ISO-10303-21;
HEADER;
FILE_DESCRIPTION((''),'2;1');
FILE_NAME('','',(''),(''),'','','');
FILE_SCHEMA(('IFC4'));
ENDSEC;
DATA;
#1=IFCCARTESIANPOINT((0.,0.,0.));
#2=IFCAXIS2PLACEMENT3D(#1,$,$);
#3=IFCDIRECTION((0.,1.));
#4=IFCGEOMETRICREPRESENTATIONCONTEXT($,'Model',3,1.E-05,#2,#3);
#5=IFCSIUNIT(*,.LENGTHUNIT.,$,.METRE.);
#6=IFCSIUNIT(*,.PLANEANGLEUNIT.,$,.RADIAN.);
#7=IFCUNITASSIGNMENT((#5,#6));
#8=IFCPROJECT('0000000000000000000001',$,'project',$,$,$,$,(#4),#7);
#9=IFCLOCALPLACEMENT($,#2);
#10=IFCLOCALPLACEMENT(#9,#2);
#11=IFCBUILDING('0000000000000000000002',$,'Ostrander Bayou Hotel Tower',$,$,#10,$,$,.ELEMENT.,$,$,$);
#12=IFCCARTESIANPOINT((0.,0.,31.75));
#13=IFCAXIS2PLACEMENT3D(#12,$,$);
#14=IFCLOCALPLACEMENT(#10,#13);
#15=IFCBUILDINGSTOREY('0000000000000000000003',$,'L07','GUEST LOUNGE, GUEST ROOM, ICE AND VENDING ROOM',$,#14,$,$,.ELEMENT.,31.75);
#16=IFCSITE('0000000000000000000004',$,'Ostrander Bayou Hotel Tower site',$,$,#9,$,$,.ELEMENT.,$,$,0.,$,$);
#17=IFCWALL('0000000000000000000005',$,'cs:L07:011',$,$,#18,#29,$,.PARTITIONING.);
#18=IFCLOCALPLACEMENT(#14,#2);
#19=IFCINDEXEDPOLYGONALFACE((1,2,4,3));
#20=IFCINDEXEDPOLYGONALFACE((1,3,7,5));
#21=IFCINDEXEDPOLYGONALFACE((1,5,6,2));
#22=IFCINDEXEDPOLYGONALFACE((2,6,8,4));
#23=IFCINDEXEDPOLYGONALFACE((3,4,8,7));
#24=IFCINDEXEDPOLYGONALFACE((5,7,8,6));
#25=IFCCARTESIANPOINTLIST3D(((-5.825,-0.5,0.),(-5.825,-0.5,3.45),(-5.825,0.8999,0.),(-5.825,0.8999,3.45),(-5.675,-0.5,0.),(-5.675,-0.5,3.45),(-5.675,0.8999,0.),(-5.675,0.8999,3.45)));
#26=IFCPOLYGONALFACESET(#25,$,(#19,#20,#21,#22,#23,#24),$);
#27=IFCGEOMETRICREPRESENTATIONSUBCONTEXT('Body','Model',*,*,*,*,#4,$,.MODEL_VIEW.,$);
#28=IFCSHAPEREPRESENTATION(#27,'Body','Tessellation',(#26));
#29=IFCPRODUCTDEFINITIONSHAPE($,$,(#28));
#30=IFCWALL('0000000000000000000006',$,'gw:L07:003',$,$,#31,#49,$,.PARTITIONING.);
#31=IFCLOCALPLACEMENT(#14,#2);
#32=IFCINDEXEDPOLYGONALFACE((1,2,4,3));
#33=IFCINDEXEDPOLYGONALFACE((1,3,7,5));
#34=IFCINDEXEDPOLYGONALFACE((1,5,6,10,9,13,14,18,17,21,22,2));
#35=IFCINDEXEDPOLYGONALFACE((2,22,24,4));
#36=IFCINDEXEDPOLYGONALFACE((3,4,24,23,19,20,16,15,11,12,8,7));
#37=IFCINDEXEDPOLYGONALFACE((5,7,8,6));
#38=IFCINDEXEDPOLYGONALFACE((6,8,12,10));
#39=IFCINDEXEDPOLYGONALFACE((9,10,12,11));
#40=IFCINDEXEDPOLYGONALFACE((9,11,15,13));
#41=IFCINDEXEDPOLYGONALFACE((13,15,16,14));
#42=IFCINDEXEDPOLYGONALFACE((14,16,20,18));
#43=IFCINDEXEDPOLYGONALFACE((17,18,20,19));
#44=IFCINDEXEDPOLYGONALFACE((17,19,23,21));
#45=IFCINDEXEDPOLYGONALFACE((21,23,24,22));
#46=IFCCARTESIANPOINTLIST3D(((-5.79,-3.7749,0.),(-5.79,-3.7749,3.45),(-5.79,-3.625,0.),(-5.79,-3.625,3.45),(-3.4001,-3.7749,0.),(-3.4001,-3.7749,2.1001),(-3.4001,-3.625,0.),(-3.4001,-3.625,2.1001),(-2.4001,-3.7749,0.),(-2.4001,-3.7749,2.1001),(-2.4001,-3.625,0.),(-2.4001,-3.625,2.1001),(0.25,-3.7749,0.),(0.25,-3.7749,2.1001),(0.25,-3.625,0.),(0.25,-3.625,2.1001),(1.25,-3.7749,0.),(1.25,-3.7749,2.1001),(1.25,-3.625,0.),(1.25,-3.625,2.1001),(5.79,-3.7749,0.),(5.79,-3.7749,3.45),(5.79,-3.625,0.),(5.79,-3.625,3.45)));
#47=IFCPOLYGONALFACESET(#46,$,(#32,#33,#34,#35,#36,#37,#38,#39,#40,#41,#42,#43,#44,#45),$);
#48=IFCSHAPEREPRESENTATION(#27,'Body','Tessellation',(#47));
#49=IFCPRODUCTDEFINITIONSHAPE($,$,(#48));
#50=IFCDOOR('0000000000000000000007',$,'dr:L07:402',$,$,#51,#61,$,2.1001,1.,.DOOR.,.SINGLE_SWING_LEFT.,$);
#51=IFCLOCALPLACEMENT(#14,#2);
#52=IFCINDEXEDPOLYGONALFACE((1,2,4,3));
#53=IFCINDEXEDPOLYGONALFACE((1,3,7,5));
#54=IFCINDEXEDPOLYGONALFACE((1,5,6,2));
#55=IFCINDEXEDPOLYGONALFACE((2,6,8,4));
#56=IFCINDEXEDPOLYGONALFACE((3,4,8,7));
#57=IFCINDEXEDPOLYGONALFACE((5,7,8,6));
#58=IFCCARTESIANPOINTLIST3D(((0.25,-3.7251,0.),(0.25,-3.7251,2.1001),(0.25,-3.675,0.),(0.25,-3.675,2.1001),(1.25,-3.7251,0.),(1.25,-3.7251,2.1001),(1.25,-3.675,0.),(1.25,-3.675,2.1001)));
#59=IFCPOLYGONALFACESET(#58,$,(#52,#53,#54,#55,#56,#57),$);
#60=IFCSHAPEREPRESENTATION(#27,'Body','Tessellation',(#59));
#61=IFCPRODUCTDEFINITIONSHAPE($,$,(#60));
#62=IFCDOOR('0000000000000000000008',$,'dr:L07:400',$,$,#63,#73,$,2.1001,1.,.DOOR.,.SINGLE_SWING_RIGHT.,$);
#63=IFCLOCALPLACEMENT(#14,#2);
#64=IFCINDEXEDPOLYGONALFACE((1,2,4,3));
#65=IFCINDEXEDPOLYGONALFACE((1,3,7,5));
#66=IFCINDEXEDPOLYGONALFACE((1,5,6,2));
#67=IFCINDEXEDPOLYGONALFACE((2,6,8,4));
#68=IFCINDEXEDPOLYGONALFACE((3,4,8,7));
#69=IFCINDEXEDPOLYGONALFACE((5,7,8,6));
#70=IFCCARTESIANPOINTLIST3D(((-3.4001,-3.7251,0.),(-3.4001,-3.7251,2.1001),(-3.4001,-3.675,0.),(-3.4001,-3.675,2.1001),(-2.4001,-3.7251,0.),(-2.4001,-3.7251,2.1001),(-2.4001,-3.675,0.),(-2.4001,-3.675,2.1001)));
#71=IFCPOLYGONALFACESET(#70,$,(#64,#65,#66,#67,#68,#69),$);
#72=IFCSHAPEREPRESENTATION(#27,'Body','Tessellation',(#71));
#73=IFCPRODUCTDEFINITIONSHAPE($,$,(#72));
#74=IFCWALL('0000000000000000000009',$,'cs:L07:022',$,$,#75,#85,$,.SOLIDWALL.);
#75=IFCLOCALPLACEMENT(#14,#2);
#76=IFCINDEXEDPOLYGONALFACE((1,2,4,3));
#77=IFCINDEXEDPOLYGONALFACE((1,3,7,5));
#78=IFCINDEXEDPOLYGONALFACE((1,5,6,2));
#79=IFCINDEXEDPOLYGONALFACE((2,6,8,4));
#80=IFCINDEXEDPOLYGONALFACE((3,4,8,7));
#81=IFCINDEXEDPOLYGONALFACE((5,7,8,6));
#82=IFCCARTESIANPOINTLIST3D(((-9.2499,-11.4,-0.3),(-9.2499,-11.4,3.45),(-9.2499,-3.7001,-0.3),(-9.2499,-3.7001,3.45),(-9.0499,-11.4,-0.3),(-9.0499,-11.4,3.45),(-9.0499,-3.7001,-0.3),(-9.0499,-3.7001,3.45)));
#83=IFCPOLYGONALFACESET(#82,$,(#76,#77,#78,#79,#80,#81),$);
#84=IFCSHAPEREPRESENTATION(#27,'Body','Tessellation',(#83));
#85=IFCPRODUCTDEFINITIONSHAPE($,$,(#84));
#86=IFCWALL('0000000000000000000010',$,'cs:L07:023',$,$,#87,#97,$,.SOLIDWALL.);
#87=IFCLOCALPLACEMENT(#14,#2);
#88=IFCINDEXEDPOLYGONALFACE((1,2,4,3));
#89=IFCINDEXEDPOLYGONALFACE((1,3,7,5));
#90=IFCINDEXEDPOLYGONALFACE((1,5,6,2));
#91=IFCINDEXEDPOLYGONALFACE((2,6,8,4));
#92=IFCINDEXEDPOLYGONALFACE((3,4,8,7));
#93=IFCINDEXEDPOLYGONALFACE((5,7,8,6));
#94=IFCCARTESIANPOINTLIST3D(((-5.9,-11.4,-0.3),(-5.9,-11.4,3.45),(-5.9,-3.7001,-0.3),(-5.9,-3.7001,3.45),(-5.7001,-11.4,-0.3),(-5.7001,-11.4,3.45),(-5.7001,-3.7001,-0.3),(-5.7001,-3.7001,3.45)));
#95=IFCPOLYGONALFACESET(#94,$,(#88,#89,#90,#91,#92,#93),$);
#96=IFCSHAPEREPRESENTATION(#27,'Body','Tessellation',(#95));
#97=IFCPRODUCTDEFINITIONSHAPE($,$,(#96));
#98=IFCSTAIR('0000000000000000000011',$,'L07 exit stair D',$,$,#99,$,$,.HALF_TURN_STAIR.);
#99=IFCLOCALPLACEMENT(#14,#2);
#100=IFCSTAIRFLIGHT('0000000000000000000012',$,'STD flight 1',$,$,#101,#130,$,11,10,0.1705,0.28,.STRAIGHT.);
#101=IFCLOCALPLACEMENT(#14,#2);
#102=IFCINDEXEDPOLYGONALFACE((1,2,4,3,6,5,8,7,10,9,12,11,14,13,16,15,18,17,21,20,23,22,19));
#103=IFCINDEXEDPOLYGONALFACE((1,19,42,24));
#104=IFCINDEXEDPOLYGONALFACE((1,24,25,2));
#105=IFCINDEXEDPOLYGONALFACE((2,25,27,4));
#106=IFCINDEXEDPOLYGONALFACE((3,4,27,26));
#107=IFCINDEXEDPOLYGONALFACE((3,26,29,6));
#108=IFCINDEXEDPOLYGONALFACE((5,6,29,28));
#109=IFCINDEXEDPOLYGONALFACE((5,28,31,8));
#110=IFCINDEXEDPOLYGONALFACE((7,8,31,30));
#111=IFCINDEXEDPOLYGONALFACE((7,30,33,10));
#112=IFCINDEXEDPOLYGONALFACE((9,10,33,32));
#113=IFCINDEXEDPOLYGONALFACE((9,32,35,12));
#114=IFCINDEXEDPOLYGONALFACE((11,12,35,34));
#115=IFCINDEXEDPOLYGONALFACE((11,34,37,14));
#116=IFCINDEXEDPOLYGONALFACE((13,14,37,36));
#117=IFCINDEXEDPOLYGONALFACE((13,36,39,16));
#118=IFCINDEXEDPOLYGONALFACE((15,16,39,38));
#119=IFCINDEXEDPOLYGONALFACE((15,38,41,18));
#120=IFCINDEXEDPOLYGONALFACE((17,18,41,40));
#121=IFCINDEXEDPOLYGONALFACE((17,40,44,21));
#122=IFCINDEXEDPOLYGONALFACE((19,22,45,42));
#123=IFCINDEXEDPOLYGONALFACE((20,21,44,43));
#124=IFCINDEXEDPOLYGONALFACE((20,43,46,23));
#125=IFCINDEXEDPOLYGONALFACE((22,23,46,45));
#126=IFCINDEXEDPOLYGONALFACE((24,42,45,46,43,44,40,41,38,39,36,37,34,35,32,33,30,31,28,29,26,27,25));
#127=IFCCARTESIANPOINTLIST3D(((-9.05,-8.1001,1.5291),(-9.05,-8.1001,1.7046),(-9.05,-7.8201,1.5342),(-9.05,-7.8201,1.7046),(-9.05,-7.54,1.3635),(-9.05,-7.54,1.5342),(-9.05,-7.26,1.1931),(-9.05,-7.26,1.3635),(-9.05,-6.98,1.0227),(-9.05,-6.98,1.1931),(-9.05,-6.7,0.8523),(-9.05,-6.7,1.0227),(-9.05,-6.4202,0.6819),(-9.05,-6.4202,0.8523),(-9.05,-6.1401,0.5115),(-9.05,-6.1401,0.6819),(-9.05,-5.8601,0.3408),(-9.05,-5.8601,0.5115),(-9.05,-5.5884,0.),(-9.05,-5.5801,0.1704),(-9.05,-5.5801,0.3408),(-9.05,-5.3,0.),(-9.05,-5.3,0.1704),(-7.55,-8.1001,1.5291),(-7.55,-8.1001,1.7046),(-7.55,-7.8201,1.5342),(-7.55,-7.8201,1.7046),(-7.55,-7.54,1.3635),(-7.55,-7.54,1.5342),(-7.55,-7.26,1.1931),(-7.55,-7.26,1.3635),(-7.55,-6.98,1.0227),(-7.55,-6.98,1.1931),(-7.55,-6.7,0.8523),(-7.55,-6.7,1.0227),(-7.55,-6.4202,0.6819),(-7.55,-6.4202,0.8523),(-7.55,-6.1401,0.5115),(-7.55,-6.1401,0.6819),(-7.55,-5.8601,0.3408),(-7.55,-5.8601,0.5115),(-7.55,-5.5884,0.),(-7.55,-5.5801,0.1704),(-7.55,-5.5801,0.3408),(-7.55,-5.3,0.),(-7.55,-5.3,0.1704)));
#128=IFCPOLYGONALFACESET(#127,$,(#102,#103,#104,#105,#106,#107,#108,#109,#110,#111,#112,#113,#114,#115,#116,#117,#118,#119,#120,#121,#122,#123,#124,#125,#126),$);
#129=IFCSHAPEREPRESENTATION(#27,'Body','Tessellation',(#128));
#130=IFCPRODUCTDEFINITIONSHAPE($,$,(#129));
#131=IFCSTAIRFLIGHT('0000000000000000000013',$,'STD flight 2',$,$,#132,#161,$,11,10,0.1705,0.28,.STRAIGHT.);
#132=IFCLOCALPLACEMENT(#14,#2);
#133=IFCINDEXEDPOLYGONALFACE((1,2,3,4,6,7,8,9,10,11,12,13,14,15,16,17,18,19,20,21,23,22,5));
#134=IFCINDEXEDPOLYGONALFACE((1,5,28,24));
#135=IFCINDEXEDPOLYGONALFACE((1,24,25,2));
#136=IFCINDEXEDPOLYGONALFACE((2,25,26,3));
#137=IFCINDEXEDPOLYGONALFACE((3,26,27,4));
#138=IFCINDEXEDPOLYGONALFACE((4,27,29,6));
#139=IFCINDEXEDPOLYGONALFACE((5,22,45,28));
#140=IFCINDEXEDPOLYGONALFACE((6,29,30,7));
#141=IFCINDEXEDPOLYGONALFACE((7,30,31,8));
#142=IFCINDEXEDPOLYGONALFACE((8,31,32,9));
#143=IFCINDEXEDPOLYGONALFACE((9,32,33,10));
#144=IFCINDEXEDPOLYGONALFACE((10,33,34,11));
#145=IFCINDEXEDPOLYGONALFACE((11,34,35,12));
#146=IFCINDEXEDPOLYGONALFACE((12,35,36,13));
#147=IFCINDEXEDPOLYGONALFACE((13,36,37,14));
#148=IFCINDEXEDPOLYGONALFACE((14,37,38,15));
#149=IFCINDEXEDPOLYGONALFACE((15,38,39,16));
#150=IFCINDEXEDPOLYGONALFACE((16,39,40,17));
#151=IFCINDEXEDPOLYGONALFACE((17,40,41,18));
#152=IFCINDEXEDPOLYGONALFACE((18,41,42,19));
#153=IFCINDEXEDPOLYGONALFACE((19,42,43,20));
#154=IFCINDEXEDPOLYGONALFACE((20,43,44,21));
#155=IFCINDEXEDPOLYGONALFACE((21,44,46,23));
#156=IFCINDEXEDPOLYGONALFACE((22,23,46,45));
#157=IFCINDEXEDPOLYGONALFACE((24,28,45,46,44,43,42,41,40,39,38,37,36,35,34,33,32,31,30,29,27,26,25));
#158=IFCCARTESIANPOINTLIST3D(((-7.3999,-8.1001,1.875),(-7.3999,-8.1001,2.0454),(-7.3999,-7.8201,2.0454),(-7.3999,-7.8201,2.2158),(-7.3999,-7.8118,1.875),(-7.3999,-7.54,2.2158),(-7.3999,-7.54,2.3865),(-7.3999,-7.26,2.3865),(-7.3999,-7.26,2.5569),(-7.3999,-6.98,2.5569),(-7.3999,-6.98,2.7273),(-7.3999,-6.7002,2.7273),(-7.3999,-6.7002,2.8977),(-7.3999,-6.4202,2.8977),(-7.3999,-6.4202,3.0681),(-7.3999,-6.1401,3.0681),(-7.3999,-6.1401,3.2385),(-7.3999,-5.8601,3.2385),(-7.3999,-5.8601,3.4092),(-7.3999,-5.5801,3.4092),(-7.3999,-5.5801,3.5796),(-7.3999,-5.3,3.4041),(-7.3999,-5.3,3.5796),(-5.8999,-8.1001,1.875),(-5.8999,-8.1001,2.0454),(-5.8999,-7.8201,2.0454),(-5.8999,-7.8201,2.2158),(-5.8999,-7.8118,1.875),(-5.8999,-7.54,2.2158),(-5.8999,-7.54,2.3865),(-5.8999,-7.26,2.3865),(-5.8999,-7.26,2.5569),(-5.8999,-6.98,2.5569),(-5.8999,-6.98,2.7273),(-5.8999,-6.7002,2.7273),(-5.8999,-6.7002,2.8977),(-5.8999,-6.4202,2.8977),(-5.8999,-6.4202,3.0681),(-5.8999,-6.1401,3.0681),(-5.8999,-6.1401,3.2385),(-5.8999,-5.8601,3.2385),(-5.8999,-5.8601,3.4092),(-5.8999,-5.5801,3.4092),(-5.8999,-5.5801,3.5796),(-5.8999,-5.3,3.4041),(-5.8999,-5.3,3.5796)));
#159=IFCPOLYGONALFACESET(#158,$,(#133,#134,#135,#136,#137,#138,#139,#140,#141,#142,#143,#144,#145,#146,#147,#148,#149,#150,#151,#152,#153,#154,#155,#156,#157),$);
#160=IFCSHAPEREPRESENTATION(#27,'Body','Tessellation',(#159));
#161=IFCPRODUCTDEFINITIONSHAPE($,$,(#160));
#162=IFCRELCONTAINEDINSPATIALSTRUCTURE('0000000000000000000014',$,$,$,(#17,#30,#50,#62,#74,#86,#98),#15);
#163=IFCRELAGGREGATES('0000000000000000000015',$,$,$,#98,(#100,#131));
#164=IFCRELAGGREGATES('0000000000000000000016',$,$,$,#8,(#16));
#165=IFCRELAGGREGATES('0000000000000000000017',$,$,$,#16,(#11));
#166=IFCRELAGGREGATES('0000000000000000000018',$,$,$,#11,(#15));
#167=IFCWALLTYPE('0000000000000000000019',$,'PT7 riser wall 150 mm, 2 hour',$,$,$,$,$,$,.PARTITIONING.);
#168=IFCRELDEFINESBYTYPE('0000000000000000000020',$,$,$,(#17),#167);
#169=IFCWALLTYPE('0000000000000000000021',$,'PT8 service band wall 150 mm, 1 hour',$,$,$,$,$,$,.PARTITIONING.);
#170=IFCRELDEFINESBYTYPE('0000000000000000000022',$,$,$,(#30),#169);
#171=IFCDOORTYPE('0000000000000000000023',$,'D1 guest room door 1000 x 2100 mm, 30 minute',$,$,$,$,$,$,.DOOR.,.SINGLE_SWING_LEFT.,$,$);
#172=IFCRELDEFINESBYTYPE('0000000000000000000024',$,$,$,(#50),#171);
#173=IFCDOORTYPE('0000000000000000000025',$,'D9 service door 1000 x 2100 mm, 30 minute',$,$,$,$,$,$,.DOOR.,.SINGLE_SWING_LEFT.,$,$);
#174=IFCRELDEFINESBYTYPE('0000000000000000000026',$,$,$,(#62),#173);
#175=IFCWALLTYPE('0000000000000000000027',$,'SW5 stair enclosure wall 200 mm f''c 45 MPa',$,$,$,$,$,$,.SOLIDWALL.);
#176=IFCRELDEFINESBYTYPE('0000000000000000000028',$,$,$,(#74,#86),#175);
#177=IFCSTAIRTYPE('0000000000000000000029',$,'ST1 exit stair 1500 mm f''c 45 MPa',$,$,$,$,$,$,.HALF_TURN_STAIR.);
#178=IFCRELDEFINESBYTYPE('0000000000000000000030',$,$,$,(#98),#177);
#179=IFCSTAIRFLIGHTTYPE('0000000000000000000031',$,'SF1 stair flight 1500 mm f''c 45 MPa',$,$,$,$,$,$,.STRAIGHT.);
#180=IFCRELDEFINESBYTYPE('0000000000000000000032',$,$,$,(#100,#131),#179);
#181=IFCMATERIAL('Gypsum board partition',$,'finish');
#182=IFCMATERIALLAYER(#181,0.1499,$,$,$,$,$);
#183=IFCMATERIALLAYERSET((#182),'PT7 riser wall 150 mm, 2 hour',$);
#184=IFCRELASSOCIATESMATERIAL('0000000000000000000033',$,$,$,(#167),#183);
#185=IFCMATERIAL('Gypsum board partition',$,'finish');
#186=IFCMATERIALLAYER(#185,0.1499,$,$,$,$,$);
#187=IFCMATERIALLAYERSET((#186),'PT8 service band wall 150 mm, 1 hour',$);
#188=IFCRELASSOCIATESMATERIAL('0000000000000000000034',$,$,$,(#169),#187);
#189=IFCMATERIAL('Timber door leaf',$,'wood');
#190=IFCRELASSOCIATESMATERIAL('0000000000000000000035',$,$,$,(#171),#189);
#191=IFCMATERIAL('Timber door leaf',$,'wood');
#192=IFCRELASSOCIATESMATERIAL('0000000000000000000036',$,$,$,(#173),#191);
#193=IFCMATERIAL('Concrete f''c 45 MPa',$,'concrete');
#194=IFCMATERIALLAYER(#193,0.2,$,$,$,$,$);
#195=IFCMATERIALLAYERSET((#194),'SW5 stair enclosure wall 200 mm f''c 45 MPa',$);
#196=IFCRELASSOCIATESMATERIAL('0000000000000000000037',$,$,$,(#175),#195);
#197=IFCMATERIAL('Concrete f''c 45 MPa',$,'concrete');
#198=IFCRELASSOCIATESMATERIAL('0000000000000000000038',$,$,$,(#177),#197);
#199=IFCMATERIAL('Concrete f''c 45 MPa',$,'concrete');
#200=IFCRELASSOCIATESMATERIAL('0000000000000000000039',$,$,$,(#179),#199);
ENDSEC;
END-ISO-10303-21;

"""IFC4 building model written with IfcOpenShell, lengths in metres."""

from ifc_helpers import new_model, si_unit, direction, frame, frame_2d, origin, place, context, subcontext, project, spatial, polyline, rectangle, outline, extrude, material, layer, layer_set, type_object, element, fill, aggregate, save


model = new_model("IFC4")

# Units and contexts
model_context = context("Model", 3, precision=1e-05, world=origin(), true_north=direction((0.0, 1.0)))
body_context = subcontext(model_context, "Body", "Model", "MODEL_VIEW")
ifc_project = project(units=[si_unit("LENGTHUNIT", "METRE"), si_unit("PLANEANGLEUNIT", "RADIAN")], contexts=[model_context])

# Site, building, storey
site_placement = place(None, origin())
site = spatial("IfcSite", under=ifc_project, at=site_placement, Name="Ostrander Bayou Hotel Tower site", CompositionType="ELEMENT", RefElevation=0.0)
building_placement = place(site_placement, origin())
building = spatial("IfcBuilding", under=site, at=building_placement, Name="Ostrander Bayou Hotel Tower", CompositionType="ELEMENT")
storey_placement = place(building_placement, frame((0.0, 0.0, 31.75)))
storey = spatial("IfcBuildingStorey", under=building, at=storey_placement, Name="L07", Description="GUEST LOUNGE, GUEST ROOM, ICE AND VENDING ROOM", CompositionType="ELEMENT", Elevation=31.75)

# Wall
ifc_material_1 = material(Name="Gypsum board partition", Category="finish")
ifc_layer_1 = layer(ifc_material_1, 0.1499)
ifc_layer_set_1 = layer_set([ifc_layer_1], Name="PT7 riser wall 150 mm, 2 hour")
wall_type_1 = type_object("IfcWallType", Name="PT7 riser wall 150 mm, 2 hour", PredefinedType="PARTITIONING", material=ifc_layer_set_1)
wall_1_placement = place(storey_placement, frame((-5.75, -0.5, 0.0), z_axis=(0.0, 0.0, 1.0), x_axis=(0.0, 1.0, 0.0)))
element("IfcWall", 1, at=wall_1_placement, inside=storey, type_object=wall_type_1, Name="cs:L07:011", PredefinedType="PARTITIONING", context=body_context, shape_type="SweptSolid", body=[
    extrude(rectangle(XDim=1.3999, YDim=0.1499, at=frame_2d((0.7, 0.0))), origin(), (0.0, 0.0, 1.0), 3.45),
])

# Wall, openings, doors
ifc_material_2 = material(Name="Gypsum board partition", Category="finish")
ifc_layer_2 = layer(ifc_material_2, 0.1499)
ifc_layer_set_2 = layer_set([ifc_layer_2], Name="PT8 service band wall 150 mm, 1 hour")
wall_type_2 = type_object("IfcWallType", Name="PT8 service band wall 150 mm, 1 hour", PredefinedType="PARTITIONING", material=ifc_layer_set_2)
wall_2_placement = place(storey_placement, frame((-5.79, -3.7, 0.0), z_axis=(0.0, 0.0, 1.0), x_axis=(1.0, 0.0, 0.0)))
wall_2 = element("IfcWall", 2, at=wall_2_placement, inside=storey, type_object=wall_type_2, Name="gw:L07:003", PredefinedType="PARTITIONING", context=body_context, shape_type="SweptSolid", body=[
    extrude(rectangle(XDim=11.5801, YDim=0.1499, at=frame_2d((5.79, 0.0))), origin(), (0.0, 0.0, 1.0), 3.45),
])
opening_1_placement = place(wall_2_placement, frame((2.3899, 0.0, 0.0)))
opening_1 = element("IfcOpeningElement", 3, at=opening_1_placement, cuts=wall_2, PredefinedType="OPENING", context=body_context, shape_type="SweptSolid", body=[
    extrude(rectangle(XDim=1.0, YDim=2.1001, at=frame_2d((0.5, 1.05))), frame((0.0, 0.075, 0.0), z_axis=(0.0, -1.0, 0.0), x_axis=(1.0, 0.0, 0.0)), (0.0, 0.0, 1.0), 0.1499),
])
opening_2_placement = place(wall_2_placement, frame((6.04, 0.0, 0.0)))
opening_2 = element("IfcOpeningElement", 4, at=opening_2_placement, cuts=wall_2, PredefinedType="OPENING", context=body_context, shape_type="SweptSolid", body=[
    extrude(rectangle(XDim=1.0, YDim=2.1001, at=frame_2d((0.5, 1.05))), frame((0.0, 0.075, 0.0), z_axis=(0.0, -1.0, 0.0), x_axis=(1.0, 0.0, 0.0)), (0.0, 0.0, 1.0), 0.1499),
])
ifc_material_3 = material(Name="Timber door leaf", Category="wood")
door_type_1 = type_object("IfcDoorType", Name="D1 guest room door 1000 x 2100 mm, 30 minute", OperationType="SINGLE_SWING_LEFT", PredefinedType="DOOR", material=ifc_material_3)
door_1_placement = place(opening_2_placement, origin())
door_1 = element("IfcDoor", 5, at=door_1_placement, inside=storey, type_object=door_type_1, Name="dr:L07:402", OperationType="SINGLE_SWING_LEFT", OverallHeight=2.1001, OverallWidth=1.0, PredefinedType="DOOR", context=body_context, shape_type="SweptSolid", body=[
    extrude(rectangle(XDim=1.0, YDim=2.1001, at=frame_2d((0.5, 1.05))), frame((0.0, 0.0249, 0.0), z_axis=(0.0, -1.0, 0.0), x_axis=(1.0, 0.0, 0.0)), (0.0, 0.0, 1.0), 0.05),
])
fill(opening_2, door_1)
ifc_material_4 = material(Name="Timber door leaf", Category="wood")
door_type_2 = type_object("IfcDoorType", Name="D9 service door 1000 x 2100 mm, 30 minute", OperationType="SINGLE_SWING_LEFT", PredefinedType="DOOR", material=ifc_material_4)
door_2_placement = place(opening_1_placement, origin())
door_2 = element("IfcDoor", 6, at=door_2_placement, inside=storey, type_object=door_type_2, Name="dr:L07:400", OperationType="SINGLE_SWING_RIGHT", OverallHeight=2.1001, OverallWidth=1.0, PredefinedType="DOOR", context=body_context, shape_type="SweptSolid", body=[
    extrude(rectangle(XDim=1.0, YDim=2.1001, at=frame_2d((0.5, 1.05))), frame((0.0, 0.0249, 0.0), z_axis=(0.0, -1.0, 0.0), x_axis=(1.0, 0.0, 0.0)), (0.0, 0.0, 1.0), 0.05),
])
fill(opening_1, door_2)

# Shared definitions
ifc_material_5 = material(Name="Concrete f'c 45 MPa", Category="concrete")
ifc_layer_3 = layer(ifc_material_5, 0.2)
ifc_layer_set_3 = layer_set([ifc_layer_3], Name="SW5 stair enclosure wall 200 mm f'c 45 MPa")
wall_type_3 = type_object("IfcWallType", Name="SW5 stair enclosure wall 200 mm f'c 45 MPa", PredefinedType="SOLIDWALL", material=ifc_layer_set_3)

# Walls
for number, where, z_axis, x_axis, name in (
    (7, (-9.1499, -3.7, -0.3), (0.0, 0.0, 1.0), (0.0, -1.0, 0.0), "cs:L07:022"),
    (8, (-5.8, -3.7, -0.3), (0.0, 0.0, 1.0), (0.0, -1.0, 0.0), "cs:L07:023"),
):
    element("IfcWall", number, at=place(storey_placement, frame(where, z_axis=z_axis, x_axis=x_axis)), inside=storey, type_object=wall_type_3, Name=name, PredefinedType="SOLIDWALL", context=body_context, shape_type="SweptSolid", body=[
        extrude(rectangle(XDim=7.7, YDim=0.2, at=frame_2d((3.8501, 0.0))), origin(), (0.0, 0.0, 1.0), 3.75),
    ])

# Stair, stair flights
ifc_material_6 = material(Name="Concrete f'c 45 MPa", Category="concrete")
stair_type = type_object("IfcStairType", Name="ST1 exit stair 1500 mm f'c 45 MPa", PredefinedType="HALF_TURN_STAIR", material=ifc_material_6)
stair_placement = place(storey_placement, origin())
stair = element("IfcStair", 9, at=stair_placement, inside=storey, type_object=stair_type, Name="L07 exit stair D", PredefinedType="HALF_TURN_STAIR")
ifc_material_7 = material(Name="Concrete f'c 45 MPa", Category="concrete")
stair_flight_type = type_object("IfcStairFlightType", Name="SF1 stair flight 1500 mm f'c 45 MPa", PredefinedType="STRAIGHT", material=ifc_material_7)
stair_flight_1_placement = place(storey_placement, frame((-8.3, -5.3, 0.0), z_axis=(0.0, 0.0, 1.0), x_axis=(0.0, -1.0, 0.0)))
stair_flight_1 = element("IfcStairFlight", 10, at=stair_flight_1_placement, type_object=stair_flight_type, Name="STD flight 1", NumberOfRisers=11, NumberOfTreads=10, PredefinedType="STRAIGHT", RiserHeight=0.1705, TreadLength=0.28, context=body_context, shape_type="SweptSolid", body=[
    extrude(outline(polyline([(0.0, 0.0), (0.0, 0.1704), (0.28, 0.1704), (0.28, 0.3408), (0.5601, 0.3408), (0.5601, 0.5115), (0.8401, 0.5115), (0.8401, 0.6819), (1.1201, 0.6819), (1.1201, 0.8523), (1.3999, 0.8523), (1.3999, 1.0227), (1.6799, 1.0227), (1.6799, 1.1931), (1.96, 1.1931), (1.96, 1.3635), (2.24, 1.3635), (2.24, 1.5342), (2.52, 1.5342), (2.52, 1.7046), (2.8, 1.7046), (2.8, 1.875), (2.8, 1.5291), (0.2883, 0.0), (0.0, 0.0)])), frame((0.0, 0.75, 0.0), z_axis=(0.0, -1.0, 0.0), x_axis=(1.0, 0.0, 0.0)), (0.0, 0.0, 1.0), 1.5),
])
stair_flight_2_placement = place(storey_placement, frame((-6.6499, -8.1001, 1.875), z_axis=(0.0, 0.0, 1.0), x_axis=(0.0, 1.0, 0.0)))
stair_flight_2 = element("IfcStairFlight", 11, at=stair_flight_2_placement, type_object=stair_flight_type, Name="STD flight 2", NumberOfRisers=11, NumberOfTreads=10, PredefinedType="STRAIGHT", RiserHeight=0.1705, TreadLength=0.28, context=body_context, shape_type="SweptSolid", body=[
    extrude(outline(polyline([(0.0, 0.0), (0.0, 0.1704), (0.28, 0.1704), (0.28, 0.3408), (0.5601, 0.3408), (0.5601, 0.5115), (0.8401, 0.5115), (0.8401, 0.6819), (1.1201, 0.6819), (1.1201, 0.8523), (1.3999, 0.8523), (1.3999, 1.0227), (1.6799, 1.0227), (1.6799, 1.1931), (1.96, 1.1931), (1.96, 1.3635), (2.24, 1.3635), (2.24, 1.5342), (2.52, 1.5342), (2.52, 1.7046), (2.8, 1.7046), (2.8, 1.875), (2.8, 1.5291), (0.2883, 0.0), (0.0, 0.0)])), frame((0.0, 0.75, 0.0), z_axis=(0.0, -1.0, 0.0), x_axis=(1.0, 0.0, 0.0)), (0.0, 0.0, 1.0), 1.5),
])
aggregate(stair, [stair_flight_1, stair_flight_2])

save(model, "model.ifc")
